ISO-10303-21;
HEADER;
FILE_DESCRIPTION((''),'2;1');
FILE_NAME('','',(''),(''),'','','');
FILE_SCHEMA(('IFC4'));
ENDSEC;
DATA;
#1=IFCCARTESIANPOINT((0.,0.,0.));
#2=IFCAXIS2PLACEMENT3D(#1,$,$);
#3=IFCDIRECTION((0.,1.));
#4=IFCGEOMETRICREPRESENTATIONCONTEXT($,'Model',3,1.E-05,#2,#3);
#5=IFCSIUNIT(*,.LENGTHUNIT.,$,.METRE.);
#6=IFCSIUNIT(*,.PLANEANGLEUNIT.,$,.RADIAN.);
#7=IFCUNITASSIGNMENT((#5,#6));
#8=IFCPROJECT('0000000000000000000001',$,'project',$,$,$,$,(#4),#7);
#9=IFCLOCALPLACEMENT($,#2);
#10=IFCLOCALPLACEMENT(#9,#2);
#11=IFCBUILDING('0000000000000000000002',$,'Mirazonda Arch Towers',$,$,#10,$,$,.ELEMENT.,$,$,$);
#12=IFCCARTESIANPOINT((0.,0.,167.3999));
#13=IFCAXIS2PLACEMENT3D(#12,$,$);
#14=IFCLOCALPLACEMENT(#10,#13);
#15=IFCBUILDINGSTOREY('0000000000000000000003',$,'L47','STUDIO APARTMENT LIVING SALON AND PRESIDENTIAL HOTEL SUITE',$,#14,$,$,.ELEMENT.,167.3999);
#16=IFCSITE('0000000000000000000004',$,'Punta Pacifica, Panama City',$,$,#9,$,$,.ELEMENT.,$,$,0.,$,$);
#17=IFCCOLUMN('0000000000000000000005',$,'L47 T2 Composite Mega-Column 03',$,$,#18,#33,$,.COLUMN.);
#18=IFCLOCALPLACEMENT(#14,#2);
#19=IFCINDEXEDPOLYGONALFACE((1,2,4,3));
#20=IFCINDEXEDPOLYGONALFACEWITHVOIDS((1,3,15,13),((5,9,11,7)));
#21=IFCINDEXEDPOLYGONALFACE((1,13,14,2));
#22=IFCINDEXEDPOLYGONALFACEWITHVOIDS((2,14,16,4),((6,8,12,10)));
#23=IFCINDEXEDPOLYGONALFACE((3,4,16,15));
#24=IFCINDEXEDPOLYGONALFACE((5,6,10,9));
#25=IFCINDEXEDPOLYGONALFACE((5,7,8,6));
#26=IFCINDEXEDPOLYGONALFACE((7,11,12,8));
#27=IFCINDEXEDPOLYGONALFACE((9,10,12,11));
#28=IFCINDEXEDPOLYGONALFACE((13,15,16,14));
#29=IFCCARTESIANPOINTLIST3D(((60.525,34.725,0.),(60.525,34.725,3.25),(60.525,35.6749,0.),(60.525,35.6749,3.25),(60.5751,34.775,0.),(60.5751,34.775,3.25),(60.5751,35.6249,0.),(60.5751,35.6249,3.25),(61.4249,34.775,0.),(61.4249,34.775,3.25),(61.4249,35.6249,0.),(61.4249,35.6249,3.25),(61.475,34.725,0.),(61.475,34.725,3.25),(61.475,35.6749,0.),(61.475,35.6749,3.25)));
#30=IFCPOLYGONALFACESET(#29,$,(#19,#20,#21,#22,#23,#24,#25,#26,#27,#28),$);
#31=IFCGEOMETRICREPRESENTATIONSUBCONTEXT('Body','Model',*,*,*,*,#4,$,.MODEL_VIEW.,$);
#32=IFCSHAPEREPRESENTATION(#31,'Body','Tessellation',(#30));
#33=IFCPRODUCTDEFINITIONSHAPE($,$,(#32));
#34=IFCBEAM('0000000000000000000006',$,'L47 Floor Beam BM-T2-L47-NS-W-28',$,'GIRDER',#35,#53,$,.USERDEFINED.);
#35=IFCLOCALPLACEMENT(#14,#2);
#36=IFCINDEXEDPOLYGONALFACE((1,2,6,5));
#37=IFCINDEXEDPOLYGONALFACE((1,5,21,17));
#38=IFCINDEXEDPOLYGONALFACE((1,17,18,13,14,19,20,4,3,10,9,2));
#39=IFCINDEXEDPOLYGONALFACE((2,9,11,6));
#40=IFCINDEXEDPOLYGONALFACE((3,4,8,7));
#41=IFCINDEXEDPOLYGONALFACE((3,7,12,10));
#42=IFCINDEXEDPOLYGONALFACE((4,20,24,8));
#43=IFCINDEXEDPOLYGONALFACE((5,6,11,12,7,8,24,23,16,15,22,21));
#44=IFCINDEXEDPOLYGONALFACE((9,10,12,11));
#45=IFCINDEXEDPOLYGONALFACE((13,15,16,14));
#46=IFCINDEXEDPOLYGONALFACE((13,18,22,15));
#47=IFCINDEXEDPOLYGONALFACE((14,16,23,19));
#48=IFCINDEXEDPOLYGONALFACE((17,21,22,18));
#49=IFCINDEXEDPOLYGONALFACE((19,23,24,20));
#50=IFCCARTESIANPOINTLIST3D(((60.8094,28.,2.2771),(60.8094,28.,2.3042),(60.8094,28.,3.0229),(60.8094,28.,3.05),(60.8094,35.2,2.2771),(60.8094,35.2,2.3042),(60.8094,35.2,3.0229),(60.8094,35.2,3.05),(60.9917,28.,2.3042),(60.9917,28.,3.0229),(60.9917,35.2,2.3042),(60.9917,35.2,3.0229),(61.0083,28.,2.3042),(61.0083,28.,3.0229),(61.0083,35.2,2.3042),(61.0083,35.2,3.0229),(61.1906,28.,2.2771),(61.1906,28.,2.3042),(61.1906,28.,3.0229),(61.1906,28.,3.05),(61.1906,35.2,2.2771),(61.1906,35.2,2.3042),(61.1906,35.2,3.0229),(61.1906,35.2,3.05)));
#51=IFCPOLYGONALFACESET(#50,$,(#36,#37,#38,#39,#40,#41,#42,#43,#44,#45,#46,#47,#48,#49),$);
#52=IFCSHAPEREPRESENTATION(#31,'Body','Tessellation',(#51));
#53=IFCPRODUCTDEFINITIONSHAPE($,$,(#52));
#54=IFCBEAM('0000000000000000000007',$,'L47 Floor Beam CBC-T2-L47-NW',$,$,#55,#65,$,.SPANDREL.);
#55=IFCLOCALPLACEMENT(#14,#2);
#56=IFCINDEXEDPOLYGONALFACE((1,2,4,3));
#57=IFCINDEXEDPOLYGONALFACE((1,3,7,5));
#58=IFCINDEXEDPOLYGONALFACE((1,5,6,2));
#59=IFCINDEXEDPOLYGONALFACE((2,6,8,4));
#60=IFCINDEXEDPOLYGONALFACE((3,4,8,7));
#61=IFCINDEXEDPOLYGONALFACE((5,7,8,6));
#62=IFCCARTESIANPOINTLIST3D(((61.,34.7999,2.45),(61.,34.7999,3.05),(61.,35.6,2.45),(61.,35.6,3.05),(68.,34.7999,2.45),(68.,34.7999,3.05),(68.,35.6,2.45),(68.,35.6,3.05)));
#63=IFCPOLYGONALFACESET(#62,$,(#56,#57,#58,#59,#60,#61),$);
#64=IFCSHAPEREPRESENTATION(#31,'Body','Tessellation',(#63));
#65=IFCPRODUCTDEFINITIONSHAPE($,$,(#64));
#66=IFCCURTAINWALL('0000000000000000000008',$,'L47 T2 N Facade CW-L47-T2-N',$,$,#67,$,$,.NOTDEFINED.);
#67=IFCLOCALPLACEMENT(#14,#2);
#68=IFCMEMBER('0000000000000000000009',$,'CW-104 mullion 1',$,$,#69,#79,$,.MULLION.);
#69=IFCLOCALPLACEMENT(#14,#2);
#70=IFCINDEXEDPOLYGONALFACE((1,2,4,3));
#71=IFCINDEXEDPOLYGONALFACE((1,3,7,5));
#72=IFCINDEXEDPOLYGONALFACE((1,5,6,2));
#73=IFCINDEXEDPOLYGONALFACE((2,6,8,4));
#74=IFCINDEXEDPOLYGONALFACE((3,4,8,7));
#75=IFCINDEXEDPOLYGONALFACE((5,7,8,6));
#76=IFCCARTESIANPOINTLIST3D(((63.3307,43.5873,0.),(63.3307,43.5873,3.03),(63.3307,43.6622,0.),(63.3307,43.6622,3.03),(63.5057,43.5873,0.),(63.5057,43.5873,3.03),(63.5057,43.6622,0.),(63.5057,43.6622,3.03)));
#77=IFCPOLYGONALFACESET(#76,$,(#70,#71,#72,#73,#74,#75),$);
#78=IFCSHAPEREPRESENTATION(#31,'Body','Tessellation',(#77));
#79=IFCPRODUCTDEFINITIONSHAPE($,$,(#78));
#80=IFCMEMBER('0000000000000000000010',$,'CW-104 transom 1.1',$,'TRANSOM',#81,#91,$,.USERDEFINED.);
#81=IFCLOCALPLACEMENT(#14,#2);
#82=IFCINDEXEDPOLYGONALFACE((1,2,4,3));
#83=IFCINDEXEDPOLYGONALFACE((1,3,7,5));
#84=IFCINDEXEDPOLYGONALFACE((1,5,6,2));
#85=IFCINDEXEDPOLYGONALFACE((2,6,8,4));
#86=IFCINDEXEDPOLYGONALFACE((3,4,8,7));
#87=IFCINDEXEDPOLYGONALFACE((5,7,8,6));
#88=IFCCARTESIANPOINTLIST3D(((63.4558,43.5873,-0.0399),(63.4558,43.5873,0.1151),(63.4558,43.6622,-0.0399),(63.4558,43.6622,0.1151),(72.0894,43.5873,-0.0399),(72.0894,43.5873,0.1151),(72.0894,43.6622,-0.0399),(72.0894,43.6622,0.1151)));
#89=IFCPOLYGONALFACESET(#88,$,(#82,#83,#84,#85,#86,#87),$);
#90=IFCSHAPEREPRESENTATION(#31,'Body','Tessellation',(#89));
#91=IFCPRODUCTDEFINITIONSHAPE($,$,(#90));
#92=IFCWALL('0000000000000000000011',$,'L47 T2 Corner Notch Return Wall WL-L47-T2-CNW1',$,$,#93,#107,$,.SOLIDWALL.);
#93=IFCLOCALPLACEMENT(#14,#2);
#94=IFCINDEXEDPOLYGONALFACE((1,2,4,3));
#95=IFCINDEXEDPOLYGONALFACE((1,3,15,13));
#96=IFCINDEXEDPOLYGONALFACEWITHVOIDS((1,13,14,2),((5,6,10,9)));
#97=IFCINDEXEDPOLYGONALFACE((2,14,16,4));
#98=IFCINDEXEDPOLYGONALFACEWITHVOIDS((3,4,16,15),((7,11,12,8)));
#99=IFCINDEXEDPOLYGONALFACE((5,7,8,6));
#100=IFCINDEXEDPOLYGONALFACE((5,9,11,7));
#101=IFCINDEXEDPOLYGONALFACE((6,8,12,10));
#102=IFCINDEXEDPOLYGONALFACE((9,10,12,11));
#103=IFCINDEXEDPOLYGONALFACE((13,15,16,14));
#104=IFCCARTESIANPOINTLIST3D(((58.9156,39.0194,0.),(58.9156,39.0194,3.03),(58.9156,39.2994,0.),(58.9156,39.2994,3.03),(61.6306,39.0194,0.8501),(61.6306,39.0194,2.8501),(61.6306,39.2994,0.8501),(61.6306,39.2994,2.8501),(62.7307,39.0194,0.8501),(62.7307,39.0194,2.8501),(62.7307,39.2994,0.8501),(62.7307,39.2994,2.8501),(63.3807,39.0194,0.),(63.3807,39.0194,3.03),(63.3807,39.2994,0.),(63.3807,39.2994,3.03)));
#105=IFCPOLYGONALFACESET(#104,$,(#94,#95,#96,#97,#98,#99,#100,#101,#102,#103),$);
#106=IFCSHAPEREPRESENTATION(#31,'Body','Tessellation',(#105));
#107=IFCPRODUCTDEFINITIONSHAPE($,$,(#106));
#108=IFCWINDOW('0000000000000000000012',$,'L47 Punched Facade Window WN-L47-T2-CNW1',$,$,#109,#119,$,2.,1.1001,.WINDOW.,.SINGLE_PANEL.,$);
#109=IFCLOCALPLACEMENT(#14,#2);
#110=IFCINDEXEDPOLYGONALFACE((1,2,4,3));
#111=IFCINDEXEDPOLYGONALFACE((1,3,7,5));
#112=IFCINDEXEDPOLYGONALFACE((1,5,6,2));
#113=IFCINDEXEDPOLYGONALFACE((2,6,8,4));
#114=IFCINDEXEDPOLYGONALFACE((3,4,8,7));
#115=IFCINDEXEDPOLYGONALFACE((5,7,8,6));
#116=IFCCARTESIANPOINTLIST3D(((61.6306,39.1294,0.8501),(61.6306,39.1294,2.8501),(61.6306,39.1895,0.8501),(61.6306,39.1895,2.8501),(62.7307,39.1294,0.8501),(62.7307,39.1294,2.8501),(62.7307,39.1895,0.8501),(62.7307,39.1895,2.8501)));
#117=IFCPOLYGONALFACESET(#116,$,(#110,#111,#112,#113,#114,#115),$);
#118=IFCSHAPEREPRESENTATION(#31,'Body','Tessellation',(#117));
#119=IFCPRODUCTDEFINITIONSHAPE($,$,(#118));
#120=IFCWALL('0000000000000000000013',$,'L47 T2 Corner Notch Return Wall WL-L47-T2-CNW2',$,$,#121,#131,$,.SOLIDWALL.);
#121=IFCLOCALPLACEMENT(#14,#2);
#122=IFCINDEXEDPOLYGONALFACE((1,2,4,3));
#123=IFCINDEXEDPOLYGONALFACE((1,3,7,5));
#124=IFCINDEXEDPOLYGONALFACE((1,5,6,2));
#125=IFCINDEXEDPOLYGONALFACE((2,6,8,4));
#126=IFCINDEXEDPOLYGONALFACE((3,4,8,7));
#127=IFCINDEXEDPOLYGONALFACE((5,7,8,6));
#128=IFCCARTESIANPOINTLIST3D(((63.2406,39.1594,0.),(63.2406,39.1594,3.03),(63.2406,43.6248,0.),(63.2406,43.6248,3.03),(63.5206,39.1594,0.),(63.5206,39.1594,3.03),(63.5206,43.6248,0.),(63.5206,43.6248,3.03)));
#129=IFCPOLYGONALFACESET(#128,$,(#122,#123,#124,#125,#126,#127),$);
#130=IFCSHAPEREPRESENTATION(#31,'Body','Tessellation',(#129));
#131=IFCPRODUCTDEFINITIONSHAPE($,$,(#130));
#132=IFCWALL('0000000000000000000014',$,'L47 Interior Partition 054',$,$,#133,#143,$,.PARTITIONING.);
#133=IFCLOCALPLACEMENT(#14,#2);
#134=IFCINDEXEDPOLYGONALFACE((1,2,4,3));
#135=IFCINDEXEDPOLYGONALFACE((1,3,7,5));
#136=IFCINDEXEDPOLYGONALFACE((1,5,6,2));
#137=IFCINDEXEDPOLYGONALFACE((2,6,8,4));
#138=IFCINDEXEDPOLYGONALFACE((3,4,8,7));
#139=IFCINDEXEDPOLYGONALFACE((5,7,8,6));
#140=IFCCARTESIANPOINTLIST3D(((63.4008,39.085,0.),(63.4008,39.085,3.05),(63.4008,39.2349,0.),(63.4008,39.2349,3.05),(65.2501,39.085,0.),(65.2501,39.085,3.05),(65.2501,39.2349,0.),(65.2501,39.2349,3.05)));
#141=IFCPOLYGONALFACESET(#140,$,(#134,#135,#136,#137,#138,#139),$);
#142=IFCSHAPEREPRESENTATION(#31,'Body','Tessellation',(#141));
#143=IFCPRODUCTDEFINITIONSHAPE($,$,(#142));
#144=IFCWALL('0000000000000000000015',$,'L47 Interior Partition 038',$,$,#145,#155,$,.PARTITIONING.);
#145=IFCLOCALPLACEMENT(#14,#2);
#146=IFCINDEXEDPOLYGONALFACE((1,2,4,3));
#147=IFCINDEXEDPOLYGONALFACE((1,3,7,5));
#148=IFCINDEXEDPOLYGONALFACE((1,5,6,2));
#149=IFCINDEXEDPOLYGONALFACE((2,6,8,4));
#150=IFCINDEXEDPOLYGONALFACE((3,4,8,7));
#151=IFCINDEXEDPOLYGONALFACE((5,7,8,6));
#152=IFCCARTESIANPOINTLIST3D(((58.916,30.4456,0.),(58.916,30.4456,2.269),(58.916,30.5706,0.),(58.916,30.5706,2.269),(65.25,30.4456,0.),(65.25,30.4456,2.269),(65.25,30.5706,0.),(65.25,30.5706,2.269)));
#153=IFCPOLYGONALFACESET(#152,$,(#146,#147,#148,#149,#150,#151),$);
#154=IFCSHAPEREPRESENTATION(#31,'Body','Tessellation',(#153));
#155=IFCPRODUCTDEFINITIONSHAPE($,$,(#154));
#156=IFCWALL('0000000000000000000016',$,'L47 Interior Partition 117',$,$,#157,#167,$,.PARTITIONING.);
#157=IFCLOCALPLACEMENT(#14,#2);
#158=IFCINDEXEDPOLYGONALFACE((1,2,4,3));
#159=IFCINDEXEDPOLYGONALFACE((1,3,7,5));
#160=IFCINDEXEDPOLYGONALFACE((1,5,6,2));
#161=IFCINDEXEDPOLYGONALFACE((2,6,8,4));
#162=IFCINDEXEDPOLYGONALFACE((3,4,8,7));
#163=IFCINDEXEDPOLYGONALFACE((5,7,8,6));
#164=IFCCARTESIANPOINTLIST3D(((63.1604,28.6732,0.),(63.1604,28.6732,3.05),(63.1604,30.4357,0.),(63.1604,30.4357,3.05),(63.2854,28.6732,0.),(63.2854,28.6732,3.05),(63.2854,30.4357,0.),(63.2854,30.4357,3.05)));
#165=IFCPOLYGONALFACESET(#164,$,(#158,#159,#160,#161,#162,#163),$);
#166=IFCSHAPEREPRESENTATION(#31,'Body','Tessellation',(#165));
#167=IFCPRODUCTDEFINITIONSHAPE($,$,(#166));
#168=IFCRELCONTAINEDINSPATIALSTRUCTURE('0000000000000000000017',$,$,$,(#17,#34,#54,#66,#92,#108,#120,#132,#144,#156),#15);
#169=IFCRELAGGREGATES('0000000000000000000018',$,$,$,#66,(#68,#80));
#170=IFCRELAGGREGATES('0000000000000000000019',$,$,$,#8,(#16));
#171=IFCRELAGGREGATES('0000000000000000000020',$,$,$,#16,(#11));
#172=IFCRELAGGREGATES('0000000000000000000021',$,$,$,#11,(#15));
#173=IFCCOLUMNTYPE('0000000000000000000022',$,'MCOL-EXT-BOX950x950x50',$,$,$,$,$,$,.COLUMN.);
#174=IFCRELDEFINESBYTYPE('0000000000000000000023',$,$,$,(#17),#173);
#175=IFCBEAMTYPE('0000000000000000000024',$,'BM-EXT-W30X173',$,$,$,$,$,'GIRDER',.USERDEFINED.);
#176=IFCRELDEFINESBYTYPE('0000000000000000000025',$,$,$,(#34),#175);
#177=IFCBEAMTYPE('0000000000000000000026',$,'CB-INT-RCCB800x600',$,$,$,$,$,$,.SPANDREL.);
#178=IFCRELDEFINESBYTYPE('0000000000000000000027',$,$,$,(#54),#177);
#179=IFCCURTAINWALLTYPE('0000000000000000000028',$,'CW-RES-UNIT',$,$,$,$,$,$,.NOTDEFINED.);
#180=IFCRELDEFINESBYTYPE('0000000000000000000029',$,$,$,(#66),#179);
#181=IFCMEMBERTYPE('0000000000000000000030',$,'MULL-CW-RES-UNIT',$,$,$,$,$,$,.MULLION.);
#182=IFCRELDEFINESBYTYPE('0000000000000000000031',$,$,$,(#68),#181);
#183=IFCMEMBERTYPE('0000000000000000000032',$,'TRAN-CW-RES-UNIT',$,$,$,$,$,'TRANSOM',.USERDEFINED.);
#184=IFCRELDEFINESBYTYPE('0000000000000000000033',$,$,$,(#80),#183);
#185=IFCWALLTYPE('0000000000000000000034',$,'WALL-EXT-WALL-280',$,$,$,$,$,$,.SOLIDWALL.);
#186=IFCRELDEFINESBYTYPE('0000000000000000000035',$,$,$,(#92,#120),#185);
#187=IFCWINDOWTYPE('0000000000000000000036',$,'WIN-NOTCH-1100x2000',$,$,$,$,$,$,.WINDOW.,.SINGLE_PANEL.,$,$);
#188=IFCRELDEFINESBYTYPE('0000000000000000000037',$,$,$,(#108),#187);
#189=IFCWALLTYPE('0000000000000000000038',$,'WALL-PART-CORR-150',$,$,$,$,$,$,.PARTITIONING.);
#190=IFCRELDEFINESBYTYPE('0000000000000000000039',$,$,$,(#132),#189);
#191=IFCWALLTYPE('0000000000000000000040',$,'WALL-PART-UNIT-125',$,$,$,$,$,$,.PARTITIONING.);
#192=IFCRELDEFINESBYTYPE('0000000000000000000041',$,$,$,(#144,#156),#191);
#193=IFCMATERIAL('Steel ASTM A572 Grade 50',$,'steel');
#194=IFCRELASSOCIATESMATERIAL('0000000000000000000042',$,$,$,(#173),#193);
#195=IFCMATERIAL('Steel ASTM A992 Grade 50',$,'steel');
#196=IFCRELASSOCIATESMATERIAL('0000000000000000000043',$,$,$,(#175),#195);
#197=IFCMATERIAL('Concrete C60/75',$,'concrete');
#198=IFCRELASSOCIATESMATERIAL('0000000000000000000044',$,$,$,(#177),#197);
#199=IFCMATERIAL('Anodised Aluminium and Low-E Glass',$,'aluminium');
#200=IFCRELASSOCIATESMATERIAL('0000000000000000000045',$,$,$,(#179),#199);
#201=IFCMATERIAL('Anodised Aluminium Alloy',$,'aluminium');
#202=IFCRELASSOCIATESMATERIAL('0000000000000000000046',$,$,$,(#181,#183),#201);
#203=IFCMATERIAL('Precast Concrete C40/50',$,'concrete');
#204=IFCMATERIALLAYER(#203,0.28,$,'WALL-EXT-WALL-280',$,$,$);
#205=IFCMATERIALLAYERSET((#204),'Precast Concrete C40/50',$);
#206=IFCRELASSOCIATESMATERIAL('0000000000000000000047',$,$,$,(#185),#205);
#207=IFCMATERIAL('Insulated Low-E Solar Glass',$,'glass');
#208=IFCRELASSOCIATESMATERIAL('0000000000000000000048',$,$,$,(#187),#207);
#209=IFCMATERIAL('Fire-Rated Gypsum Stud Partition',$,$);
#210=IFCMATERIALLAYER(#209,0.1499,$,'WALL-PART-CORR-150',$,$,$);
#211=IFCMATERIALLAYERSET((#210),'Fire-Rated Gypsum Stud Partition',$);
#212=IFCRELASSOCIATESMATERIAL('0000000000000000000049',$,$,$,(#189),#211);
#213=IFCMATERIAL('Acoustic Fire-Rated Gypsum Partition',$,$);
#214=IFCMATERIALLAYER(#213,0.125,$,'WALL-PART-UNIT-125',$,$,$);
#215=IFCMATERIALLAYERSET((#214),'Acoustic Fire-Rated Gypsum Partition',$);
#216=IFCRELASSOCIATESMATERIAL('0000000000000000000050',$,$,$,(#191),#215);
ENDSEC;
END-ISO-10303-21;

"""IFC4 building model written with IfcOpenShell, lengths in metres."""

from ifc_helpers import new_model, si_unit, direction, frame, frame_2d, origin, origin_2d, place, context, subcontext, project, spatial, rectangle, hollow_rectangle, i_section, extrude, material, layer, layer_set, material_profile, profile_set, type_object, element, fill, aggregate, save


model = new_model("IFC4")

# Units and contexts
model_context = context("Model", 3, precision=1e-05, world=origin(), true_north=direction((0.0, 1.0)))
body_context = subcontext(model_context, "Body", "Model", "MODEL_VIEW")
ifc_project = project(units=[si_unit("LENGTHUNIT", "METRE"), si_unit("PLANEANGLEUNIT", "RADIAN")], contexts=[model_context])

# Site, building, storey
site_placement = place(None, origin())
site = spatial("IfcSite", under=ifc_project, at=site_placement, Name="Punta Pacifica, Panama City", CompositionType="ELEMENT", RefElevation=0.0)
building_placement = place(site_placement, origin())
building = spatial("IfcBuilding", under=site, at=building_placement, Name="Mirazonda Arch Towers", CompositionType="ELEMENT")
storey_placement = place(building_placement, frame((0.0, 0.0, 167.3999)))
storey = spatial("IfcBuildingStorey", under=building, at=storey_placement, Name="L47", Description="STUDIO APARTMENT LIVING SALON AND PRESIDENTIAL HOTEL SUITE", CompositionType="ELEMENT", Elevation=167.3999)

# Column
ifc_material_1 = material(Name="Steel ASTM A572 Grade 50", Category="steel")
ifc_material_profile_1 = material_profile(ifc_material_1, hollow_rectangle(XDim=0.95, YDim=0.95, WallThickness=0.05, at=origin_2d()), Name="BOX950x950x50")
ifc_profile_set_1 = profile_set([ifc_material_profile_1], Name="Steel ASTM A572 Grade 50")
column_type = type_object("IfcColumnType", Name="MCOL-EXT-BOX950x950x50", PredefinedType="COLUMN", material=ifc_profile_set_1)
column_placement = place(storey_placement, frame((61.0, 35.2, 0.0), z_axis=(0.0, 0.0, 1.0), x_axis=(1.0, 0.0, 0.0)))
element("IfcColumn", 1, at=column_placement, inside=storey, type_object=column_type, Name="L47 T2 Composite Mega-Column 03", PredefinedType="COLUMN", context=body_context, shape_type="SweptSolid", body=[
    extrude(hollow_rectangle(XDim=0.95, YDim=0.95, WallThickness=0.05, at=origin_2d()), origin(), (0.0, 0.0, 1.0), 3.25),
])

# Beams
ifc_material_2 = material(Name="Steel ASTM A992 Grade 50", Category="steel")
ifc_material_profile_2 = material_profile(ifc_material_2, i_section(OverallWidth=0.3811, OverallDepth=0.7729, WebThickness=0.0166, FlangeThickness=0.0271, at=origin_2d()), Name="W30X173")
ifc_profile_set_2 = profile_set([ifc_material_profile_2], Name="Steel ASTM A992 Grade 50")
beam_type_1 = type_object("IfcBeamType", Name="BM-EXT-W30X173", ElementType="GIRDER", PredefinedType="USERDEFINED", material=ifc_profile_set_2)
beam_1_placement = place(storey_placement, frame((61.0, 28.0, 2.6636), z_axis=(0.0, 1.0, 0.0), x_axis=(-1.0, 0.0, 0.0)))
element("IfcBeam", 2, at=beam_1_placement, inside=storey, type_object=beam_type_1, Name="L47 Floor Beam BM-T2-L47-NS-W-28", ObjectType="GIRDER", PredefinedType="USERDEFINED", context=body_context, shape_type="SweptSolid", body=[
    extrude(i_section(OverallWidth=0.3811, OverallDepth=0.7729, WebThickness=0.0166, FlangeThickness=0.0271, at=origin_2d()), origin(), (0.0, 0.0, 1.0), 7.2),
])
ifc_material_3 = material(Name="Concrete C60/75", Category="concrete")
ifc_material_profile_3 = material_profile(ifc_material_3, rectangle(XDim=0.8, YDim=0.6001, at=origin_2d()), Name="RCCB800x600")
ifc_profile_set_3 = profile_set([ifc_material_profile_3], Name="Concrete C60/75")
beam_type_2 = type_object("IfcBeamType", Name="CB-INT-RCCB800x600", PredefinedType="SPANDREL", material=ifc_profile_set_3)
beam_2_placement = place(storey_placement, frame((61.0, 35.2, 2.75), z_axis=(1.0, 0.0, 0.0), x_axis=(0.0, 1.0, 0.0)))
element("IfcBeam", 3, at=beam_2_placement, inside=storey, type_object=beam_type_2, Name="L47 Floor Beam CBC-T2-L47-NW", PredefinedType="SPANDREL", context=body_context, shape_type="SweptSolid", body=[
    extrude(rectangle(XDim=0.8, YDim=0.6001, at=origin_2d()), origin(), (0.0, 0.0, 1.0), 7.0),
])

# Curtain wall, members
ifc_material_4 = material(Name="Anodised Aluminium and Low-E Glass", Category="aluminium")
curtain_wall_type = type_object("IfcCurtainWallType", Name="CW-RES-UNIT", PredefinedType="NOTDEFINED", material=ifc_material_4)
curtain_wall_placement = place(storey_placement, origin())
curtain_wall = element("IfcCurtainWall", 4, at=curtain_wall_placement, inside=storey, type_object=curtain_wall_type, Name="L47 T2 N Facade CW-L47-T2-N", PredefinedType="NOTDEFINED")
ifc_material_5 = material(Name="Anodised Aluminium Alloy", Category="aluminium")
ifc_material_profile_4 = material_profile(ifc_material_5, rectangle(XDim=0.075, YDim=0.175, at=origin_2d()), Name="ALU-MULL-75x175")
ifc_profile_set_4 = profile_set([ifc_material_profile_4], Name="Anodised Aluminium Alloy")
member_type_1 = type_object("IfcMemberType", Name="MULL-CW-RES-UNIT", PredefinedType="MULLION", material=ifc_profile_set_4)
member_1_placement = place(storey_placement, frame((63.4182, 43.6248, 0.0), z_axis=(0.0, 0.0, 1.0), x_axis=(0.0, 1.0, 0.0)))
member_1 = element("IfcMember", 5, at=member_1_placement, type_object=member_type_1, Name="CW-104 mullion 1", PredefinedType="MULLION", context=body_context, shape_type="SweptSolid", body=[
    extrude(rectangle(XDim=0.075, YDim=0.175, at=origin_2d()), origin(), (0.0, 0.0, 1.0), 3.03),
])
ifc_material_profile_5 = material_profile(ifc_material_5, rectangle(XDim=0.075, YDim=0.155, at=origin_2d()), Name="ALU-TRAN-75x155")
ifc_profile_set_5 = profile_set([ifc_material_profile_5], Name="Anodised Aluminium Alloy")
member_type_2 = type_object("IfcMemberType", Name="TRAN-CW-RES-UNIT", ElementType="TRANSOM", PredefinedType="USERDEFINED", material=ifc_profile_set_5)
member_2_placement = place(storey_placement, frame((63.4558, 43.6248, 0.0376), z_axis=(1.0, 0.0, 0.0), x_axis=(0.0, 1.0, 0.0)))
member_2 = element("IfcMember", 6, at=member_2_placement, type_object=member_type_2, Name="CW-104 transom 1.1", ObjectType="TRANSOM", PredefinedType="USERDEFINED", context=body_context, shape_type="SweptSolid", body=[
    extrude(rectangle(XDim=0.075, YDim=0.155, at=origin_2d()), origin(), (0.0, 0.0, 1.0), 8.6335),
])
aggregate(curtain_wall, [member_1, member_2])

# Wall, opening, window
ifc_material_6 = material(Name="Precast Concrete C40/50", Category="concrete")
ifc_layer_1 = layer(ifc_material_6, 0.28, Name="WALL-EXT-WALL-280")
ifc_layer_set_1 = layer_set([ifc_layer_1], Name="Precast Concrete C40/50")
wall_type_1 = type_object("IfcWallType", Name="WALL-EXT-WALL-280", PredefinedType="SOLIDWALL", material=ifc_layer_set_1)
wall_1_placement = place(storey_placement, frame((63.3806, 39.1594, 0.0), z_axis=(0.0, 0.0, 1.0), x_axis=(-1.0, 0.0, 0.0)))
wall_1 = element("IfcWall", 7, at=wall_1_placement, inside=storey, type_object=wall_type_1, Name="L47 T2 Corner Notch Return Wall WL-L47-T2-CNW1", PredefinedType="SOLIDWALL", context=body_context, shape_type="SweptSolid", body=[
    extrude(rectangle(XDim=4.4651, YDim=0.28, at=frame_2d((2.2324, 0.0))), origin(), (0.0, 0.0, 1.0), 3.03),
])
opening_1_placement = place(wall_1_placement, frame((0.6499, 0.0, 0.8501)))
opening_1 = element("IfcOpeningElement", 8, at=opening_1_placement, cuts=wall_1, PredefinedType="OPENING", context=body_context, shape_type="SweptSolid", body=[
    extrude(rectangle(XDim=1.1001, YDim=2.0, at=frame_2d((0.55, 1.0))), frame((0.0, 0.1499, 0.0), z_axis=(0.0, -1.0, 0.0), x_axis=(1.0, 0.0, 0.0)), (0.0, 0.0, 1.0), 0.3),
])
ifc_material_7 = material(Name="Insulated Low-E Solar Glass", Category="glass")
window_type = type_object("IfcWindowType", Name="WIN-NOTCH-1100x2000", PartitioningType="SINGLE_PANEL", PredefinedType="WINDOW", material=ifc_material_7)
window_placement = place(opening_1_placement, origin())
window = element("IfcWindow", 9, at=window_placement, inside=storey, type_object=window_type, Name="L47 Punched Facade Window WN-L47-T2-CNW1", OverallHeight=2.0, OverallWidth=1.1001, PartitioningType="SINGLE_PANEL", PredefinedType="WINDOW", context=body_context, shape_type="SweptSolid", body=[
    extrude(rectangle(XDim=1.1001, YDim=2.0, at=frame_2d((0.55, 1.0))), frame((0.0, 0.03, 0.0), z_axis=(0.0, -1.0, 0.0), x_axis=(1.0, 0.0, 0.0)), (0.0, 0.0, 1.0), 0.0601),
])
fill(opening_1, window)

# Wall
wall_2_placement = place(storey_placement, frame((63.3806, 43.6248, 0.0), z_axis=(0.0, 0.0, 1.0), x_axis=(0.0, -1.0, 0.0)))
element("IfcWall", 10, at=wall_2_placement, inside=storey, type_object=wall_type_1, Name="L47 T2 Corner Notch Return Wall WL-L47-T2-CNW2", PredefinedType="SOLIDWALL", context=body_context, shape_type="SweptSolid", body=[
    extrude(rectangle(XDim=4.4653, YDim=0.28, at=frame_2d((2.2327, 0.0))), origin(), (0.0, 0.0, 1.0), 3.03),
])

# Shared definitions
ifc_material_8 = material(Name="Fire-Rated Gypsum Stud Partition")
ifc_layer_2 = layer(ifc_material_8, 0.1499, Name="WALL-PART-CORR-150")
ifc_layer_set_2 = layer_set([ifc_layer_2], Name="Fire-Rated Gypsum Stud Partition")
wall_type_2 = type_object("IfcWallType", Name="WALL-PART-CORR-150", PredefinedType="PARTITIONING", material=ifc_layer_set_2)

# Walls
wall_3_placement = place(storey_placement, frame((63.4006, 39.1599, 0.0), z_axis=(0.0, 0.0, 1.0), x_axis=(1.0, 0.0, 0.0)))
element("IfcWall", 11, at=wall_3_placement, inside=storey, type_object=wall_type_2, Name="L47 Interior Partition 054", PredefinedType="PARTITIONING", context=body_context, shape_type="SweptSolid", body=[
    extrude(rectangle(XDim=1.8494, YDim=0.1499, at=frame_2d((0.9248, 0.0))), origin(), (0.0, 0.0, 1.0), 3.05),
])
ifc_material_9 = material(Name="Acoustic Fire-Rated Gypsum Partition")
ifc_layer_3 = layer(ifc_material_9, 0.125, Name="WALL-PART-UNIT-125")
ifc_layer_set_3 = layer_set([ifc_layer_3], Name="Acoustic Fire-Rated Gypsum Partition")
wall_type_3 = type_object("IfcWallType", Name="WALL-PART-UNIT-125", PredefinedType="PARTITIONING", material=ifc_layer_set_3)
wall_4_placement = place(storey_placement, frame((58.916, 30.5081, 0.0), z_axis=(0.0, 0.0, 1.0), x_axis=(1.0, 0.0, 0.0)))
element("IfcWall", 12, at=wall_4_placement, inside=storey, type_object=wall_type_3, Name="L47 Interior Partition 038", PredefinedType="PARTITIONING", context=body_context, shape_type="SweptSolid", body=[
    extrude(rectangle(XDim=6.334, YDim=0.125, at=frame_2d((3.167, 0.0))), origin(), (0.0, 0.0, 1.0), 2.269),
])
wall_5_placement = place(storey_placement, frame((63.2229, 28.6731, 0.0), z_axis=(0.0, 0.0, 1.0), x_axis=(0.0, 1.0, 0.0)))
element("IfcWall", 13, at=wall_5_placement, inside=storey, type_object=wall_type_3, Name="L47 Interior Partition 117", PredefinedType="PARTITIONING", context=body_context, shape_type="SweptSolid", body=[
    extrude(rectangle(XDim=1.7625, YDim=0.125, at=frame_2d((0.8813, 0.0))), origin(), (0.0, 0.0, 1.0), 3.05),
])

save(model, "model.ifc")
